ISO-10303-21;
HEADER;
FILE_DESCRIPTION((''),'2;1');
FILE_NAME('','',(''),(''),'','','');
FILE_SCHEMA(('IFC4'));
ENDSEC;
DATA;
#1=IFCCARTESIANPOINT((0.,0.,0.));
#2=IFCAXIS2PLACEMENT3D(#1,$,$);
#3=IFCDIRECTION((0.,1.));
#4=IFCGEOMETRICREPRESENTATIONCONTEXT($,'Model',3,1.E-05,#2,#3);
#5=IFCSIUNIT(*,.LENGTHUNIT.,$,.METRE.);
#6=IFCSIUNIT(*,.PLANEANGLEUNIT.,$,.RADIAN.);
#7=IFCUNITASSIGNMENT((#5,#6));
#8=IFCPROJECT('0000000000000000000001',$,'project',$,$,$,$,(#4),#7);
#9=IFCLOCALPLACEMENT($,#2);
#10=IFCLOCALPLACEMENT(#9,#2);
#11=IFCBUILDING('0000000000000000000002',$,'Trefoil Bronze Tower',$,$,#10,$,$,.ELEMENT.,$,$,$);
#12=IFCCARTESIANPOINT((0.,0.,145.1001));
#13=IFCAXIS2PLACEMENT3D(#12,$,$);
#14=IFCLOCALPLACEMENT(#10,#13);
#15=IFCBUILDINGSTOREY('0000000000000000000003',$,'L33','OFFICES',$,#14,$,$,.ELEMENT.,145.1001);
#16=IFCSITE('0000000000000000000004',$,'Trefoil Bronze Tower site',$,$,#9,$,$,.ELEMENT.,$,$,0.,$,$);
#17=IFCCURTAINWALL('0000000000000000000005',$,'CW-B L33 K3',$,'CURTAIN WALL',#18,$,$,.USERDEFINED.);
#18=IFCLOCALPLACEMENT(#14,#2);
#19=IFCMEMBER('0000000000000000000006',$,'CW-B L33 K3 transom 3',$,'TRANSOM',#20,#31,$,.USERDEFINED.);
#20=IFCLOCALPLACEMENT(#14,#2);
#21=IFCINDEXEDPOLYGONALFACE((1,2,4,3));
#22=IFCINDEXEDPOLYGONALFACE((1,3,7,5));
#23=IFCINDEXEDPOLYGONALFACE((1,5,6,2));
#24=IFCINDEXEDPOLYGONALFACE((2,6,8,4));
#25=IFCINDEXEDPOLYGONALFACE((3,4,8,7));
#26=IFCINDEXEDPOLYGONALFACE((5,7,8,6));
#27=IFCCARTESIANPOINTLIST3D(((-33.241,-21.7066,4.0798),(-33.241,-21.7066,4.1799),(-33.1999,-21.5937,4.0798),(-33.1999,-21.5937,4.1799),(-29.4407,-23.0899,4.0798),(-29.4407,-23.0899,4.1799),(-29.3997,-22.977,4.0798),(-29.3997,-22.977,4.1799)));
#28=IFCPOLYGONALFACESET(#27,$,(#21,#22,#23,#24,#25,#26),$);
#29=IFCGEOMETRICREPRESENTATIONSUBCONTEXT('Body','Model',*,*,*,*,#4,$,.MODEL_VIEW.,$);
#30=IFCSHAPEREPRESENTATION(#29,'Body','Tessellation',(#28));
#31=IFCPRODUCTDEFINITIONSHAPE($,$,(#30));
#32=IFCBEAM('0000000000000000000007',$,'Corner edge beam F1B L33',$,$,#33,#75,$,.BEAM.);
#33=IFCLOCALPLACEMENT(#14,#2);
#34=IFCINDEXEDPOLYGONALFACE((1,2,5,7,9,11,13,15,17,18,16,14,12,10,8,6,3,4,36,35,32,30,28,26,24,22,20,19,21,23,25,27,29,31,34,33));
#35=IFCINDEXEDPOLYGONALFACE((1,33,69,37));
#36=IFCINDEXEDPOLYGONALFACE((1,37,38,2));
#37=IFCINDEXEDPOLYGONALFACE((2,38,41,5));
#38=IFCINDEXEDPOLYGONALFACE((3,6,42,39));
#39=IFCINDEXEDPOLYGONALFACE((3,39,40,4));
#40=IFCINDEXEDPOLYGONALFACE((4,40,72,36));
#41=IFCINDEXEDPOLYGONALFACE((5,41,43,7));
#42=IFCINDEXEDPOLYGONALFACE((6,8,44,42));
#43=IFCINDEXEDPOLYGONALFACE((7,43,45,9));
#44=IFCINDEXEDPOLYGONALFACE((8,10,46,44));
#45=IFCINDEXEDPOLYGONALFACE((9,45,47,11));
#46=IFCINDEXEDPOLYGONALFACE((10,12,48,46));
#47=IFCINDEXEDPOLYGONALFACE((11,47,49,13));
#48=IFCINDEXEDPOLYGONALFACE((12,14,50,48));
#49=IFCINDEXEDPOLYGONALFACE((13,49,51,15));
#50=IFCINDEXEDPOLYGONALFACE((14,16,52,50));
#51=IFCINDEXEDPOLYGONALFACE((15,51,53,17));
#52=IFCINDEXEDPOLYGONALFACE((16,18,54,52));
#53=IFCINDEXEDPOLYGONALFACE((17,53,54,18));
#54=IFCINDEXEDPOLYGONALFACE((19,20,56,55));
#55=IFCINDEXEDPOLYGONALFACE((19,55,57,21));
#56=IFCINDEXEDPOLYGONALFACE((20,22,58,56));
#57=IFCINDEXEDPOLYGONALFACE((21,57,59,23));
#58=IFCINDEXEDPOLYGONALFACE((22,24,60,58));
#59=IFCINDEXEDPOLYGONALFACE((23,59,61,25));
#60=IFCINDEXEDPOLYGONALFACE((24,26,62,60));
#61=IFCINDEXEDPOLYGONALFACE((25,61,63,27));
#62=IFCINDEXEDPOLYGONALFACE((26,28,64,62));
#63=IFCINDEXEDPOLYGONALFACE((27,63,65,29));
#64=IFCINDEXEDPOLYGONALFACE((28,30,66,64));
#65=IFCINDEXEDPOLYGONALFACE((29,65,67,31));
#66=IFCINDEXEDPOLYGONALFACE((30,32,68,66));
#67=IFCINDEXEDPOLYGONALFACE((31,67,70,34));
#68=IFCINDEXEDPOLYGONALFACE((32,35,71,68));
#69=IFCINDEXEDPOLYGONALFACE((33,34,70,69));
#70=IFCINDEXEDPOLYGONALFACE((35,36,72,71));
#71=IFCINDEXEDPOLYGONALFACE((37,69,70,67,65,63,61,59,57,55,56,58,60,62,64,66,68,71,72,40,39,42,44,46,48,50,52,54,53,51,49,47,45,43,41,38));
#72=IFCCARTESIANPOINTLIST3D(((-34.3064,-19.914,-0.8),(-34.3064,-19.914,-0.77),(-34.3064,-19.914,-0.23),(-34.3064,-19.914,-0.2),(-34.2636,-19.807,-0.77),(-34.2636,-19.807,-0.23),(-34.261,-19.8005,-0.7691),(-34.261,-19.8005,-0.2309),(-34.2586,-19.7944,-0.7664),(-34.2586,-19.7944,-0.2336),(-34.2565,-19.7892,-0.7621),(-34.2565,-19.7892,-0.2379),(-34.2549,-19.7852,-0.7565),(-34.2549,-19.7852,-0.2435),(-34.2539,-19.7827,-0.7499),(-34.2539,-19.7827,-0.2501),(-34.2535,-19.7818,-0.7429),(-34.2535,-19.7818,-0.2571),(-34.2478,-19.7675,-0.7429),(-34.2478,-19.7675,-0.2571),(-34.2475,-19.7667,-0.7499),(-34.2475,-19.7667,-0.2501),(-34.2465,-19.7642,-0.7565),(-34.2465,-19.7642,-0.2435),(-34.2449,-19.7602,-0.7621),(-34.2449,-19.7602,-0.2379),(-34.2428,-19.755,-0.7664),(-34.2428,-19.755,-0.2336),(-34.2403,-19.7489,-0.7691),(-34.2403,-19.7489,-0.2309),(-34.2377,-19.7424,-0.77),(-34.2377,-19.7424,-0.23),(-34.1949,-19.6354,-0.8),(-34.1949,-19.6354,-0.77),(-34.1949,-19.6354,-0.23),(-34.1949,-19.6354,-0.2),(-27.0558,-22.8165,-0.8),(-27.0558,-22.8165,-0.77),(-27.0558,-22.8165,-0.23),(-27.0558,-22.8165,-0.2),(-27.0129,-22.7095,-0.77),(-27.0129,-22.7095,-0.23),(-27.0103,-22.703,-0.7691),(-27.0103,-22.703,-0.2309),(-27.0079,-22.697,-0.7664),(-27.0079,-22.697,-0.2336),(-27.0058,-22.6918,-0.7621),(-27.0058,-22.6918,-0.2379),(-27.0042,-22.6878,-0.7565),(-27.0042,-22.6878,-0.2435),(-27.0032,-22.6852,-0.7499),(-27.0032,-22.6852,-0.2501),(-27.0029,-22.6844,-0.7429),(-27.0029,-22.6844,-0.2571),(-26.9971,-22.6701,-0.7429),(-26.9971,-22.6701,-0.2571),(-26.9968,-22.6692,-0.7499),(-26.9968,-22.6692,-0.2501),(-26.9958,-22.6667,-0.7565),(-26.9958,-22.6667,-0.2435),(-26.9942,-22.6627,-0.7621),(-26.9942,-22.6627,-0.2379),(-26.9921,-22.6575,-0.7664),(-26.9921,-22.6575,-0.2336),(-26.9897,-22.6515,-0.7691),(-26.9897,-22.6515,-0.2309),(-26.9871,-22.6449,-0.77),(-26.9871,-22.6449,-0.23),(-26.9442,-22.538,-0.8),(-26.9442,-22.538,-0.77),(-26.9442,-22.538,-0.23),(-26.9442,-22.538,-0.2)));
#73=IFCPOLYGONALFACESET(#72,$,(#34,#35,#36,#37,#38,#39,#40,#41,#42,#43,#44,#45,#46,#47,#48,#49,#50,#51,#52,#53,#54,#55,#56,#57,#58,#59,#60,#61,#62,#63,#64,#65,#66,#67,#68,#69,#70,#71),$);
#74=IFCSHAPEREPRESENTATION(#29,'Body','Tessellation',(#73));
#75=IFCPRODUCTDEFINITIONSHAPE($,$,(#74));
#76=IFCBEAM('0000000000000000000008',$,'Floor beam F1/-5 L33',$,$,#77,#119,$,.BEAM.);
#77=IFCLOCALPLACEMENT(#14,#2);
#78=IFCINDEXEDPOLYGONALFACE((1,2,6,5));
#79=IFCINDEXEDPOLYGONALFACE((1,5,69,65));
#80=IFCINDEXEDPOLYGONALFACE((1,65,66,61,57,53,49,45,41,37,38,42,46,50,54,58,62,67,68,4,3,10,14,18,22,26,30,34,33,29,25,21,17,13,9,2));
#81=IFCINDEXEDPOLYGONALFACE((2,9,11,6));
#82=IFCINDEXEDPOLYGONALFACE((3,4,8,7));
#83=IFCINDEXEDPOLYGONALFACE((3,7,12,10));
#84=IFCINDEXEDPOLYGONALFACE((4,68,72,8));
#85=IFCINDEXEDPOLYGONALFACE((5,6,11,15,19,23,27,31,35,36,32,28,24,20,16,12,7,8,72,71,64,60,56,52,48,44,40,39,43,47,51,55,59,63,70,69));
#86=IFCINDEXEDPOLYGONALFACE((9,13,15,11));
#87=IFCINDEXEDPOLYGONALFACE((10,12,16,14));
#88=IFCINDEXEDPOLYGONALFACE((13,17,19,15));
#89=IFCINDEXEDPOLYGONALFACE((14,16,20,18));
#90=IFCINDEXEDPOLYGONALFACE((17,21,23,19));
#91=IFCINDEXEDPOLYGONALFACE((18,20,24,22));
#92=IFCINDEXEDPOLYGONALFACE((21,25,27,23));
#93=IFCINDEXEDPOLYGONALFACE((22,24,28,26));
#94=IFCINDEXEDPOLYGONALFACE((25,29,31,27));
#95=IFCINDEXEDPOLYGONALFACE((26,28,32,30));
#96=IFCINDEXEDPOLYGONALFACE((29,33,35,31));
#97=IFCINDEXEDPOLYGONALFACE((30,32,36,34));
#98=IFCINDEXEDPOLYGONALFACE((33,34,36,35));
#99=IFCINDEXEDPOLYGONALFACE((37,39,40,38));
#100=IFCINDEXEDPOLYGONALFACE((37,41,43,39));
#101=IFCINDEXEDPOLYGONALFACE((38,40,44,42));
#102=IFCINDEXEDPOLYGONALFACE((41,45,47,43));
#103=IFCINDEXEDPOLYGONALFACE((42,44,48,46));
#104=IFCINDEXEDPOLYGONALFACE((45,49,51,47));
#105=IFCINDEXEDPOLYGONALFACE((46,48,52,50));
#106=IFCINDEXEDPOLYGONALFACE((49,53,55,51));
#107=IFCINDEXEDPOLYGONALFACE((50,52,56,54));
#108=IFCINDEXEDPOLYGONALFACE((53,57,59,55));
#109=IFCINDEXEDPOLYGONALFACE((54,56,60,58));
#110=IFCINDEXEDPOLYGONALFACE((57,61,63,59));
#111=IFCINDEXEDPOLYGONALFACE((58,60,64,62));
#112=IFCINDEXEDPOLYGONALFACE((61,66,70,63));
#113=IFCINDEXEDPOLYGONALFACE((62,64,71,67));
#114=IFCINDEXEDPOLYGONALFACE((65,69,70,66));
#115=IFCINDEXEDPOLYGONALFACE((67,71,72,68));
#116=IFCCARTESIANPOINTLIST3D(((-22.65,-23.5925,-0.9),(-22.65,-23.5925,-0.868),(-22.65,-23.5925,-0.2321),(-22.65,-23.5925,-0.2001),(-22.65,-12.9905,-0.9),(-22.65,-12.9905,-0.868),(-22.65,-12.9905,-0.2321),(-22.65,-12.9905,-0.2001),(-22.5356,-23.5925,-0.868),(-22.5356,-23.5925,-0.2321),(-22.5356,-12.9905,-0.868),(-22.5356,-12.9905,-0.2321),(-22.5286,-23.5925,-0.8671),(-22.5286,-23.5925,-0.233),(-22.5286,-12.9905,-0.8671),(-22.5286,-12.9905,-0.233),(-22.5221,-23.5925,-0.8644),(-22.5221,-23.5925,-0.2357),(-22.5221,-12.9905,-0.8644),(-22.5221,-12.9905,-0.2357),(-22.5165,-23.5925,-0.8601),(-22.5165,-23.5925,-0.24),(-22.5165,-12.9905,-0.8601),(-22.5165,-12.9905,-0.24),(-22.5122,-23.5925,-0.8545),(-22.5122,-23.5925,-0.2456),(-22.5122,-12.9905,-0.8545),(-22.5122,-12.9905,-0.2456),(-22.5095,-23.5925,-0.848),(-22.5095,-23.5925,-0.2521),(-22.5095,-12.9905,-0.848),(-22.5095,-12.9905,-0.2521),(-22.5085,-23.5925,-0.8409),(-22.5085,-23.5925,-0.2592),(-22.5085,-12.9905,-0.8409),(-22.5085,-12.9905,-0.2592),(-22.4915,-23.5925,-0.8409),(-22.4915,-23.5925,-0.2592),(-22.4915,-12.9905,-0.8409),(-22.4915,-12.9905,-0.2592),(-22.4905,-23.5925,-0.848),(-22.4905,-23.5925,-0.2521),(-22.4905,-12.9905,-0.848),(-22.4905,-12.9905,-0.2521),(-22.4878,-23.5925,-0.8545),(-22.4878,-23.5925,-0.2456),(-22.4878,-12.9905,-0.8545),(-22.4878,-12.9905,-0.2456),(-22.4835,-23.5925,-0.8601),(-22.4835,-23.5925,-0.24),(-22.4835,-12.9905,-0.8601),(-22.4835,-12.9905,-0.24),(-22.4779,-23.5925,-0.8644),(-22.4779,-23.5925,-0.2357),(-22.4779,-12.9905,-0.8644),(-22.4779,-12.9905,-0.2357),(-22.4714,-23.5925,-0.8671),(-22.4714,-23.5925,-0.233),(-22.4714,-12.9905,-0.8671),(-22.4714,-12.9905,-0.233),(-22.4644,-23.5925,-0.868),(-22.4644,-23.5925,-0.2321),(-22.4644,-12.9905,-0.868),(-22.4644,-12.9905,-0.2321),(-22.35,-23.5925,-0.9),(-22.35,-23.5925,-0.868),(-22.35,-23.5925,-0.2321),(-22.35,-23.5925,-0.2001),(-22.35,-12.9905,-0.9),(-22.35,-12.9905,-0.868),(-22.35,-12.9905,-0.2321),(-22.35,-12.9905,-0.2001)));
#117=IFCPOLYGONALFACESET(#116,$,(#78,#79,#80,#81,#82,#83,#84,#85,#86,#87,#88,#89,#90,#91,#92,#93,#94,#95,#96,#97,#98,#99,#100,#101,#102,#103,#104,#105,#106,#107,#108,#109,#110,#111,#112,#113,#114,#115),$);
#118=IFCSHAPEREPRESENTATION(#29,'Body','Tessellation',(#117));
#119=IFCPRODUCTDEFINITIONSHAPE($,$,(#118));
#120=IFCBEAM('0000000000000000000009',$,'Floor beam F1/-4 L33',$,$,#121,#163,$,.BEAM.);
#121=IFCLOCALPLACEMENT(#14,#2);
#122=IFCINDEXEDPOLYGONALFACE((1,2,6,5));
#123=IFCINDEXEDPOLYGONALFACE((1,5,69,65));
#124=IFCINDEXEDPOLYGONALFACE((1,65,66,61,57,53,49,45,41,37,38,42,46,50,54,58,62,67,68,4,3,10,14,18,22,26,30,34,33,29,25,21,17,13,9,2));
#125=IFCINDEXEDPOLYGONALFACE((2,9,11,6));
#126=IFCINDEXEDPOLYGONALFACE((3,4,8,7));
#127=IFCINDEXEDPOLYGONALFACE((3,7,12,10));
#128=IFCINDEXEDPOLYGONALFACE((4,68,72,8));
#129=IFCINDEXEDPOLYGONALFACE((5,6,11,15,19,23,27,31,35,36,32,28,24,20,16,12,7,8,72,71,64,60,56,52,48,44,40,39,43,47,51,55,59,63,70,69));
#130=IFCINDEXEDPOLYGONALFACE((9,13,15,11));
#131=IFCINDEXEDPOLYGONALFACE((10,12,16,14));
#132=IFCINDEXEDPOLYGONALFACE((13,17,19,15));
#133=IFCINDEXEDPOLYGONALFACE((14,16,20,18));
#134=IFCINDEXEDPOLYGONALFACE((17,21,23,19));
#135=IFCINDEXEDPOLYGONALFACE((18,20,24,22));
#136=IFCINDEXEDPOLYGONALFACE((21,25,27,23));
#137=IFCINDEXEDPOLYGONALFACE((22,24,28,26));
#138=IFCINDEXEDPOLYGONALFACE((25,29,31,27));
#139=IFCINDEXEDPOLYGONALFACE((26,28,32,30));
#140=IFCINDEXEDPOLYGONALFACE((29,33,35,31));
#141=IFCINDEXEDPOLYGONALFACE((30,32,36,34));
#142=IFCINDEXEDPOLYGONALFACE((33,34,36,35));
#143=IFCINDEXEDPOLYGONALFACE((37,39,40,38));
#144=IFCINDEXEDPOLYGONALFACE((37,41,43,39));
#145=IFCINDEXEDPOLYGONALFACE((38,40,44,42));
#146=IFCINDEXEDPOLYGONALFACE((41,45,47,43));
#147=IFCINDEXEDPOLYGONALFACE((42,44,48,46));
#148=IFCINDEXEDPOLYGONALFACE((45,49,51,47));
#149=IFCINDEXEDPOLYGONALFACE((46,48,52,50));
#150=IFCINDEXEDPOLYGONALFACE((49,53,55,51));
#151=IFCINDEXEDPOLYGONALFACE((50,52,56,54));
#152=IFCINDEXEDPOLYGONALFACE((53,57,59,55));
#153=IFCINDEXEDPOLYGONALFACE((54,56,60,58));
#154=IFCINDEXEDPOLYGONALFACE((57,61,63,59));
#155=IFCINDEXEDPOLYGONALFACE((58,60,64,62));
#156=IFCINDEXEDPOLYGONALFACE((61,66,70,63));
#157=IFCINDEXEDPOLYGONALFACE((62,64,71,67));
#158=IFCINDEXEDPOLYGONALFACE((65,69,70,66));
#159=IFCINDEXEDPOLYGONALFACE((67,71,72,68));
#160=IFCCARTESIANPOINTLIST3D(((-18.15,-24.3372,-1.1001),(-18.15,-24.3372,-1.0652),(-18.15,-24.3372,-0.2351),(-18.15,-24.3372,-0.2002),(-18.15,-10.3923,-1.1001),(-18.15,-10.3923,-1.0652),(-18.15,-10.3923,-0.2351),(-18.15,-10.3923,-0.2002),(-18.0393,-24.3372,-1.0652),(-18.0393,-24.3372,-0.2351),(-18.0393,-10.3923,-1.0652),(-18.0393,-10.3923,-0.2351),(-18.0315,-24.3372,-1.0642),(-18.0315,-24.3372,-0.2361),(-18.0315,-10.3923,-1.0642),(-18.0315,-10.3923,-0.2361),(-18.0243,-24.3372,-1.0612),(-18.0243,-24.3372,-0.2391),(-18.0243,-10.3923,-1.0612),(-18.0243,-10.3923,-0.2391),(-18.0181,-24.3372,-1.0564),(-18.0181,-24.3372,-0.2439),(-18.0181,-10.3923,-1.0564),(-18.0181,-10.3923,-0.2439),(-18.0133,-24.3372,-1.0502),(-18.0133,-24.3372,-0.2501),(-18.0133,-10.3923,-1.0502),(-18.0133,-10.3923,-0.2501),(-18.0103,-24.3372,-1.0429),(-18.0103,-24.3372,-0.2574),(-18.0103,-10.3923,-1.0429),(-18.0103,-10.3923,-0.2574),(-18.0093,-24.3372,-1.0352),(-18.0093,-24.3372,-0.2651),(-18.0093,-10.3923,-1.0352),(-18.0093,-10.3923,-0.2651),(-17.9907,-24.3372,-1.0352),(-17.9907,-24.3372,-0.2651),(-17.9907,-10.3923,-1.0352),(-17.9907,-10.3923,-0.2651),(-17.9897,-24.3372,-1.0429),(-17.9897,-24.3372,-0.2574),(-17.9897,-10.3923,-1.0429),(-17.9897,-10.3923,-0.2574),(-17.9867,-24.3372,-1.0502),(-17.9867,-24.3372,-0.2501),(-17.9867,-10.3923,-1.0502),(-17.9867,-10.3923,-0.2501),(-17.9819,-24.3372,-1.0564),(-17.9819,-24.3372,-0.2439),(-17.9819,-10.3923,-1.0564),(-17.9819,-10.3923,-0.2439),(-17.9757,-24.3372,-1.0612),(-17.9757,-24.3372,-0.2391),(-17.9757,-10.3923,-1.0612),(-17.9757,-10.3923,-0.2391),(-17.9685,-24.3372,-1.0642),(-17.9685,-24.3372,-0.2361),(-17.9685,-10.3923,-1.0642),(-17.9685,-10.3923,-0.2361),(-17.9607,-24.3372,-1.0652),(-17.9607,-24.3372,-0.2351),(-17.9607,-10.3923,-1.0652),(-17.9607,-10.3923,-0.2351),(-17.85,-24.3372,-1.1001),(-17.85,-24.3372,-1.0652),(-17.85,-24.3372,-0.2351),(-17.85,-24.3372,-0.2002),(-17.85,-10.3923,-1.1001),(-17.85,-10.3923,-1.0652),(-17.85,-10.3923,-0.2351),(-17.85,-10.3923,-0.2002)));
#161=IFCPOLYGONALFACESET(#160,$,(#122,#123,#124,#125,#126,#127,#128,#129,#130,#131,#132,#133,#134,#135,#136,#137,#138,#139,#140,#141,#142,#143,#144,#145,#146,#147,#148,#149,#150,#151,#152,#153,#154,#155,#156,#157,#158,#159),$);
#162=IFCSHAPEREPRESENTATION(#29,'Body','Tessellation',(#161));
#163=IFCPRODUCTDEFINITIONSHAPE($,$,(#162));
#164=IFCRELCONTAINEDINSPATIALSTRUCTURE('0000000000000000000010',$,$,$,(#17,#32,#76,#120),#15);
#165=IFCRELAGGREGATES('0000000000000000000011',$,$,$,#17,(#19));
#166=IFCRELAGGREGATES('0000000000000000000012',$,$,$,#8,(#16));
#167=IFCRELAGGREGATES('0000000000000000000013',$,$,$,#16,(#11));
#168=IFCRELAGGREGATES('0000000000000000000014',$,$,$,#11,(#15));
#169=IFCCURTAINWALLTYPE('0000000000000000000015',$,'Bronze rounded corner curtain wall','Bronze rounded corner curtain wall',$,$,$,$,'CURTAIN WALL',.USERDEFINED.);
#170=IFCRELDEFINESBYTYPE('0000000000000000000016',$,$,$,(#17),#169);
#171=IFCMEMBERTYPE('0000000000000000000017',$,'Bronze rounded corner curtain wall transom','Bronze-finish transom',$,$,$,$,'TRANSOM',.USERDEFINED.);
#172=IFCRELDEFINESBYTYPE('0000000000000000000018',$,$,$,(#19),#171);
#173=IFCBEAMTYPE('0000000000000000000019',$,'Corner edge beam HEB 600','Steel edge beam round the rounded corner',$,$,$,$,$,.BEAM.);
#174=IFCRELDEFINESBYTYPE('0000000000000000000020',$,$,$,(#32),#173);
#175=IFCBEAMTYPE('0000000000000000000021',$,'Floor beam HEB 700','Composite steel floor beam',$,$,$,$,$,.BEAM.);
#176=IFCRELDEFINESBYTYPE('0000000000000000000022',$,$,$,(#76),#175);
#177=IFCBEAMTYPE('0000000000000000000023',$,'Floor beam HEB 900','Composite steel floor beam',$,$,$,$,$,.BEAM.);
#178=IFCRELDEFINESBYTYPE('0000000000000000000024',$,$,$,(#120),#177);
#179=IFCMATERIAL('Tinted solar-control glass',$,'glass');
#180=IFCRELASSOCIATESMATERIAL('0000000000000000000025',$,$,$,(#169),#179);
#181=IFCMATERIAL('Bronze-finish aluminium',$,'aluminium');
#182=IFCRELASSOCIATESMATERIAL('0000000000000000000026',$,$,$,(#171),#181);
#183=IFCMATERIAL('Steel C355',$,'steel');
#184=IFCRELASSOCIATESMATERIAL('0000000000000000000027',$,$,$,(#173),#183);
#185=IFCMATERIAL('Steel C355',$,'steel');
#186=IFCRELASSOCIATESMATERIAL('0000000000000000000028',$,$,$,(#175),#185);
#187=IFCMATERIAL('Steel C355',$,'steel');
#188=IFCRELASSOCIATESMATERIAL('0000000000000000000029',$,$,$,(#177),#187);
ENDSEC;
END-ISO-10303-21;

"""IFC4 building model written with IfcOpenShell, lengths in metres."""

from ifc_helpers import new_model, si_unit, direction, frame, origin, origin_2d, place, context, subcontext, project, spatial, rectangle, i_section, extrude, material, material_profile, profile_set, type_object, element, aggregate, save


model = new_model("IFC4")

# Units and contexts
model_context = context("Model", 3, precision=1e-05, world=origin(), true_north=direction((0.0, 1.0)))
body_context = subcontext(model_context, "Body", "Model", "MODEL_VIEW")
ifc_project = project(units=[si_unit("LENGTHUNIT", "METRE"), si_unit("PLANEANGLEUNIT", "RADIAN")], contexts=[model_context])

# Site, building, storey
site_placement = place(None, origin())
site = spatial("IfcSite", under=ifc_project, at=site_placement, Name="Trefoil Bronze Tower site", CompositionType="ELEMENT", RefElevation=0.0)
building_placement = place(site_placement, origin())
building = spatial("IfcBuilding", under=site, at=building_placement, Name="Trefoil Bronze Tower", CompositionType="ELEMENT")
storey_placement = place(building_placement, frame((0.0, 0.0, 145.1001)))
storey = spatial("IfcBuildingStorey", under=building, at=storey_placement, Name="L33", Description="OFFICES", CompositionType="ELEMENT", Elevation=145.1001)

# Curtain wall, member
ifc_material_1 = material(Name="Tinted solar-control glass", Category="glass")
curtain_wall_type_1 = type_object("IfcCurtainWallType", Name="Bronze rounded corner curtain wall", Description="Bronze rounded corner curtain wall", ElementType="CURTAIN WALL", PredefinedType="USERDEFINED", material=ifc_material_1)
curtain_wall_1_placement = place(storey_placement, origin())
curtain_wall_1 = element("IfcCurtainWall", 1, at=curtain_wall_1_placement, inside=storey, type_object=curtain_wall_type_1, Name="CW-B L33 K3", ObjectType="CURTAIN WALL", PredefinedType="USERDEFINED")
ifc_material_2 = material(Name="Bronze-finish aluminium", Category="aluminium")
ifc_material_profile_1 = material_profile(ifc_material_2, rectangle(XDim=0.1201, YDim=0.1001, at=origin_2d()), Name="CW-B transom")
ifc_profile_set_1 = profile_set([ifc_material_profile_1], Name="Bronze-finish aluminium")
member_type_1 = type_object("IfcMemberType", Name="Bronze rounded corner curtain wall transom", Description="Bronze-finish transom", ElementType="TRANSOM", PredefinedType="USERDEFINED", material=ifc_profile_set_1)
member_1_placement = place(storey_placement, frame((-33.2205, -21.6501, 4.1299), z_axis=(0.939684, -0.342044, 0.0), x_axis=(0.342044, 0.939684, 0.0)))
member_1 = element("IfcMember", 2, at=member_1_placement, type_object=member_type_1, Name="CW-B L33 K3 transom 3", ObjectType="TRANSOM", PredefinedType="USERDEFINED", context=body_context, shape_type="SweptSolid", body=[
    extrude(rectangle(XDim=0.1201, YDim=0.1001, at=origin_2d()), origin(), (0.0, 0.0, 1.0), 4.0442),
])

# Beams
ifc_material_3 = material(Name="Steel C355", Category="steel")
ifc_material_profile_2 = material_profile(ifc_material_3, i_section(OverallWidth=0.3, OverallDepth=0.6001, WebThickness=0.0154, FlangeThickness=0.03, FilletRadius=0.0271, at=origin_2d()), Name="HEB 600")
ifc_profile_set_2 = profile_set([ifc_material_profile_2], Name="Steel C355")
beam_type_1 = type_object("IfcBeamType", Name="Corner edge beam HEB 600", Description="Steel edge beam round the rounded corner", PredefinedType="BEAM", material=ifc_profile_set_2)
beam_1_placement = place(storey_placement, frame((-27.0, -22.6772, -0.5), z_axis=(-0.928375, 0.371644, 0.0), x_axis=(-0.371644, -0.928375, 0.0)))
element("IfcBeam", 3, at=beam_1_placement, inside=storey, type_object=beam_type_1, Name="Corner edge beam F1B L33", PredefinedType="BEAM", context=body_context, shape_type="SweptSolid", body=[
    extrude(i_section(OverallWidth=0.3, OverallDepth=0.6001, WebThickness=0.0154, FlangeThickness=0.03, FilletRadius=0.0271, at=origin_2d()), origin(), (0.0, 0.0, 1.0), 7.8101),
])
ifc_material_4 = material(Name="Steel C355", Category="steel")
ifc_material_profile_3 = material_profile(ifc_material_4, i_section(OverallWidth=0.3, OverallDepth=0.7, WebThickness=0.0171, FlangeThickness=0.032, FilletRadius=0.0271, at=origin_2d()), Name="HEB 700")
ifc_profile_set_3 = profile_set([ifc_material_profile_3], Name="Steel C355")
beam_type_2 = type_object("IfcBeamType", Name="Floor beam HEB 700", Description="Composite steel floor beam", PredefinedType="BEAM", material=ifc_profile_set_3)
beam_2_placement = place(storey_placement, frame((-22.5, -23.5925, -0.55), z_axis=(0.0, 1.0, 0.0), x_axis=(-1.0, 0.0, 0.0)))
element("IfcBeam", 4, at=beam_2_placement, inside=storey, type_object=beam_type_2, Name="Floor beam F1/-5 L33", PredefinedType="BEAM", context=body_context, shape_type="SweptSolid", body=[
    extrude(i_section(OverallWidth=0.3, OverallDepth=0.7, WebThickness=0.0171, FlangeThickness=0.032, FilletRadius=0.0271, at=origin_2d()), origin(), (0.0, 0.0, 1.0), 10.6021),
])
ifc_material_5 = material(Name="Steel C355", Category="steel")
ifc_material_profile_4 = material_profile(ifc_material_5, i_section(OverallWidth=0.3, OverallDepth=0.8999, WebThickness=0.0186, FlangeThickness=0.0349, FilletRadius=0.03, at=origin_2d()), Name="HEB 900")
ifc_profile_set_4 = profile_set([ifc_material_profile_4], Name="Steel C355")
beam_type_3 = type_object("IfcBeamType", Name="Floor beam HEB 900", Description="Composite steel floor beam", PredefinedType="BEAM", material=ifc_profile_set_4)
beam_3_placement = place(storey_placement, frame((-18.0, -24.3372, -0.6501), z_axis=(0.0, 1.0, 0.0), x_axis=(-1.0, 0.0, 0.0)))
element("IfcBeam", 5, at=beam_3_placement, inside=storey, type_object=beam_type_3, Name="Floor beam F1/-4 L33", PredefinedType="BEAM", context=body_context, shape_type="SweptSolid", body=[
    extrude(i_section(OverallWidth=0.3, OverallDepth=0.8999, WebThickness=0.0186, FlangeThickness=0.0349, FilletRadius=0.03, at=origin_2d()), origin(), (0.0, 0.0, 1.0), 13.9448),
])

aggregate(curtain_wall_1, [member_1])

save(model, "model.ifc")
